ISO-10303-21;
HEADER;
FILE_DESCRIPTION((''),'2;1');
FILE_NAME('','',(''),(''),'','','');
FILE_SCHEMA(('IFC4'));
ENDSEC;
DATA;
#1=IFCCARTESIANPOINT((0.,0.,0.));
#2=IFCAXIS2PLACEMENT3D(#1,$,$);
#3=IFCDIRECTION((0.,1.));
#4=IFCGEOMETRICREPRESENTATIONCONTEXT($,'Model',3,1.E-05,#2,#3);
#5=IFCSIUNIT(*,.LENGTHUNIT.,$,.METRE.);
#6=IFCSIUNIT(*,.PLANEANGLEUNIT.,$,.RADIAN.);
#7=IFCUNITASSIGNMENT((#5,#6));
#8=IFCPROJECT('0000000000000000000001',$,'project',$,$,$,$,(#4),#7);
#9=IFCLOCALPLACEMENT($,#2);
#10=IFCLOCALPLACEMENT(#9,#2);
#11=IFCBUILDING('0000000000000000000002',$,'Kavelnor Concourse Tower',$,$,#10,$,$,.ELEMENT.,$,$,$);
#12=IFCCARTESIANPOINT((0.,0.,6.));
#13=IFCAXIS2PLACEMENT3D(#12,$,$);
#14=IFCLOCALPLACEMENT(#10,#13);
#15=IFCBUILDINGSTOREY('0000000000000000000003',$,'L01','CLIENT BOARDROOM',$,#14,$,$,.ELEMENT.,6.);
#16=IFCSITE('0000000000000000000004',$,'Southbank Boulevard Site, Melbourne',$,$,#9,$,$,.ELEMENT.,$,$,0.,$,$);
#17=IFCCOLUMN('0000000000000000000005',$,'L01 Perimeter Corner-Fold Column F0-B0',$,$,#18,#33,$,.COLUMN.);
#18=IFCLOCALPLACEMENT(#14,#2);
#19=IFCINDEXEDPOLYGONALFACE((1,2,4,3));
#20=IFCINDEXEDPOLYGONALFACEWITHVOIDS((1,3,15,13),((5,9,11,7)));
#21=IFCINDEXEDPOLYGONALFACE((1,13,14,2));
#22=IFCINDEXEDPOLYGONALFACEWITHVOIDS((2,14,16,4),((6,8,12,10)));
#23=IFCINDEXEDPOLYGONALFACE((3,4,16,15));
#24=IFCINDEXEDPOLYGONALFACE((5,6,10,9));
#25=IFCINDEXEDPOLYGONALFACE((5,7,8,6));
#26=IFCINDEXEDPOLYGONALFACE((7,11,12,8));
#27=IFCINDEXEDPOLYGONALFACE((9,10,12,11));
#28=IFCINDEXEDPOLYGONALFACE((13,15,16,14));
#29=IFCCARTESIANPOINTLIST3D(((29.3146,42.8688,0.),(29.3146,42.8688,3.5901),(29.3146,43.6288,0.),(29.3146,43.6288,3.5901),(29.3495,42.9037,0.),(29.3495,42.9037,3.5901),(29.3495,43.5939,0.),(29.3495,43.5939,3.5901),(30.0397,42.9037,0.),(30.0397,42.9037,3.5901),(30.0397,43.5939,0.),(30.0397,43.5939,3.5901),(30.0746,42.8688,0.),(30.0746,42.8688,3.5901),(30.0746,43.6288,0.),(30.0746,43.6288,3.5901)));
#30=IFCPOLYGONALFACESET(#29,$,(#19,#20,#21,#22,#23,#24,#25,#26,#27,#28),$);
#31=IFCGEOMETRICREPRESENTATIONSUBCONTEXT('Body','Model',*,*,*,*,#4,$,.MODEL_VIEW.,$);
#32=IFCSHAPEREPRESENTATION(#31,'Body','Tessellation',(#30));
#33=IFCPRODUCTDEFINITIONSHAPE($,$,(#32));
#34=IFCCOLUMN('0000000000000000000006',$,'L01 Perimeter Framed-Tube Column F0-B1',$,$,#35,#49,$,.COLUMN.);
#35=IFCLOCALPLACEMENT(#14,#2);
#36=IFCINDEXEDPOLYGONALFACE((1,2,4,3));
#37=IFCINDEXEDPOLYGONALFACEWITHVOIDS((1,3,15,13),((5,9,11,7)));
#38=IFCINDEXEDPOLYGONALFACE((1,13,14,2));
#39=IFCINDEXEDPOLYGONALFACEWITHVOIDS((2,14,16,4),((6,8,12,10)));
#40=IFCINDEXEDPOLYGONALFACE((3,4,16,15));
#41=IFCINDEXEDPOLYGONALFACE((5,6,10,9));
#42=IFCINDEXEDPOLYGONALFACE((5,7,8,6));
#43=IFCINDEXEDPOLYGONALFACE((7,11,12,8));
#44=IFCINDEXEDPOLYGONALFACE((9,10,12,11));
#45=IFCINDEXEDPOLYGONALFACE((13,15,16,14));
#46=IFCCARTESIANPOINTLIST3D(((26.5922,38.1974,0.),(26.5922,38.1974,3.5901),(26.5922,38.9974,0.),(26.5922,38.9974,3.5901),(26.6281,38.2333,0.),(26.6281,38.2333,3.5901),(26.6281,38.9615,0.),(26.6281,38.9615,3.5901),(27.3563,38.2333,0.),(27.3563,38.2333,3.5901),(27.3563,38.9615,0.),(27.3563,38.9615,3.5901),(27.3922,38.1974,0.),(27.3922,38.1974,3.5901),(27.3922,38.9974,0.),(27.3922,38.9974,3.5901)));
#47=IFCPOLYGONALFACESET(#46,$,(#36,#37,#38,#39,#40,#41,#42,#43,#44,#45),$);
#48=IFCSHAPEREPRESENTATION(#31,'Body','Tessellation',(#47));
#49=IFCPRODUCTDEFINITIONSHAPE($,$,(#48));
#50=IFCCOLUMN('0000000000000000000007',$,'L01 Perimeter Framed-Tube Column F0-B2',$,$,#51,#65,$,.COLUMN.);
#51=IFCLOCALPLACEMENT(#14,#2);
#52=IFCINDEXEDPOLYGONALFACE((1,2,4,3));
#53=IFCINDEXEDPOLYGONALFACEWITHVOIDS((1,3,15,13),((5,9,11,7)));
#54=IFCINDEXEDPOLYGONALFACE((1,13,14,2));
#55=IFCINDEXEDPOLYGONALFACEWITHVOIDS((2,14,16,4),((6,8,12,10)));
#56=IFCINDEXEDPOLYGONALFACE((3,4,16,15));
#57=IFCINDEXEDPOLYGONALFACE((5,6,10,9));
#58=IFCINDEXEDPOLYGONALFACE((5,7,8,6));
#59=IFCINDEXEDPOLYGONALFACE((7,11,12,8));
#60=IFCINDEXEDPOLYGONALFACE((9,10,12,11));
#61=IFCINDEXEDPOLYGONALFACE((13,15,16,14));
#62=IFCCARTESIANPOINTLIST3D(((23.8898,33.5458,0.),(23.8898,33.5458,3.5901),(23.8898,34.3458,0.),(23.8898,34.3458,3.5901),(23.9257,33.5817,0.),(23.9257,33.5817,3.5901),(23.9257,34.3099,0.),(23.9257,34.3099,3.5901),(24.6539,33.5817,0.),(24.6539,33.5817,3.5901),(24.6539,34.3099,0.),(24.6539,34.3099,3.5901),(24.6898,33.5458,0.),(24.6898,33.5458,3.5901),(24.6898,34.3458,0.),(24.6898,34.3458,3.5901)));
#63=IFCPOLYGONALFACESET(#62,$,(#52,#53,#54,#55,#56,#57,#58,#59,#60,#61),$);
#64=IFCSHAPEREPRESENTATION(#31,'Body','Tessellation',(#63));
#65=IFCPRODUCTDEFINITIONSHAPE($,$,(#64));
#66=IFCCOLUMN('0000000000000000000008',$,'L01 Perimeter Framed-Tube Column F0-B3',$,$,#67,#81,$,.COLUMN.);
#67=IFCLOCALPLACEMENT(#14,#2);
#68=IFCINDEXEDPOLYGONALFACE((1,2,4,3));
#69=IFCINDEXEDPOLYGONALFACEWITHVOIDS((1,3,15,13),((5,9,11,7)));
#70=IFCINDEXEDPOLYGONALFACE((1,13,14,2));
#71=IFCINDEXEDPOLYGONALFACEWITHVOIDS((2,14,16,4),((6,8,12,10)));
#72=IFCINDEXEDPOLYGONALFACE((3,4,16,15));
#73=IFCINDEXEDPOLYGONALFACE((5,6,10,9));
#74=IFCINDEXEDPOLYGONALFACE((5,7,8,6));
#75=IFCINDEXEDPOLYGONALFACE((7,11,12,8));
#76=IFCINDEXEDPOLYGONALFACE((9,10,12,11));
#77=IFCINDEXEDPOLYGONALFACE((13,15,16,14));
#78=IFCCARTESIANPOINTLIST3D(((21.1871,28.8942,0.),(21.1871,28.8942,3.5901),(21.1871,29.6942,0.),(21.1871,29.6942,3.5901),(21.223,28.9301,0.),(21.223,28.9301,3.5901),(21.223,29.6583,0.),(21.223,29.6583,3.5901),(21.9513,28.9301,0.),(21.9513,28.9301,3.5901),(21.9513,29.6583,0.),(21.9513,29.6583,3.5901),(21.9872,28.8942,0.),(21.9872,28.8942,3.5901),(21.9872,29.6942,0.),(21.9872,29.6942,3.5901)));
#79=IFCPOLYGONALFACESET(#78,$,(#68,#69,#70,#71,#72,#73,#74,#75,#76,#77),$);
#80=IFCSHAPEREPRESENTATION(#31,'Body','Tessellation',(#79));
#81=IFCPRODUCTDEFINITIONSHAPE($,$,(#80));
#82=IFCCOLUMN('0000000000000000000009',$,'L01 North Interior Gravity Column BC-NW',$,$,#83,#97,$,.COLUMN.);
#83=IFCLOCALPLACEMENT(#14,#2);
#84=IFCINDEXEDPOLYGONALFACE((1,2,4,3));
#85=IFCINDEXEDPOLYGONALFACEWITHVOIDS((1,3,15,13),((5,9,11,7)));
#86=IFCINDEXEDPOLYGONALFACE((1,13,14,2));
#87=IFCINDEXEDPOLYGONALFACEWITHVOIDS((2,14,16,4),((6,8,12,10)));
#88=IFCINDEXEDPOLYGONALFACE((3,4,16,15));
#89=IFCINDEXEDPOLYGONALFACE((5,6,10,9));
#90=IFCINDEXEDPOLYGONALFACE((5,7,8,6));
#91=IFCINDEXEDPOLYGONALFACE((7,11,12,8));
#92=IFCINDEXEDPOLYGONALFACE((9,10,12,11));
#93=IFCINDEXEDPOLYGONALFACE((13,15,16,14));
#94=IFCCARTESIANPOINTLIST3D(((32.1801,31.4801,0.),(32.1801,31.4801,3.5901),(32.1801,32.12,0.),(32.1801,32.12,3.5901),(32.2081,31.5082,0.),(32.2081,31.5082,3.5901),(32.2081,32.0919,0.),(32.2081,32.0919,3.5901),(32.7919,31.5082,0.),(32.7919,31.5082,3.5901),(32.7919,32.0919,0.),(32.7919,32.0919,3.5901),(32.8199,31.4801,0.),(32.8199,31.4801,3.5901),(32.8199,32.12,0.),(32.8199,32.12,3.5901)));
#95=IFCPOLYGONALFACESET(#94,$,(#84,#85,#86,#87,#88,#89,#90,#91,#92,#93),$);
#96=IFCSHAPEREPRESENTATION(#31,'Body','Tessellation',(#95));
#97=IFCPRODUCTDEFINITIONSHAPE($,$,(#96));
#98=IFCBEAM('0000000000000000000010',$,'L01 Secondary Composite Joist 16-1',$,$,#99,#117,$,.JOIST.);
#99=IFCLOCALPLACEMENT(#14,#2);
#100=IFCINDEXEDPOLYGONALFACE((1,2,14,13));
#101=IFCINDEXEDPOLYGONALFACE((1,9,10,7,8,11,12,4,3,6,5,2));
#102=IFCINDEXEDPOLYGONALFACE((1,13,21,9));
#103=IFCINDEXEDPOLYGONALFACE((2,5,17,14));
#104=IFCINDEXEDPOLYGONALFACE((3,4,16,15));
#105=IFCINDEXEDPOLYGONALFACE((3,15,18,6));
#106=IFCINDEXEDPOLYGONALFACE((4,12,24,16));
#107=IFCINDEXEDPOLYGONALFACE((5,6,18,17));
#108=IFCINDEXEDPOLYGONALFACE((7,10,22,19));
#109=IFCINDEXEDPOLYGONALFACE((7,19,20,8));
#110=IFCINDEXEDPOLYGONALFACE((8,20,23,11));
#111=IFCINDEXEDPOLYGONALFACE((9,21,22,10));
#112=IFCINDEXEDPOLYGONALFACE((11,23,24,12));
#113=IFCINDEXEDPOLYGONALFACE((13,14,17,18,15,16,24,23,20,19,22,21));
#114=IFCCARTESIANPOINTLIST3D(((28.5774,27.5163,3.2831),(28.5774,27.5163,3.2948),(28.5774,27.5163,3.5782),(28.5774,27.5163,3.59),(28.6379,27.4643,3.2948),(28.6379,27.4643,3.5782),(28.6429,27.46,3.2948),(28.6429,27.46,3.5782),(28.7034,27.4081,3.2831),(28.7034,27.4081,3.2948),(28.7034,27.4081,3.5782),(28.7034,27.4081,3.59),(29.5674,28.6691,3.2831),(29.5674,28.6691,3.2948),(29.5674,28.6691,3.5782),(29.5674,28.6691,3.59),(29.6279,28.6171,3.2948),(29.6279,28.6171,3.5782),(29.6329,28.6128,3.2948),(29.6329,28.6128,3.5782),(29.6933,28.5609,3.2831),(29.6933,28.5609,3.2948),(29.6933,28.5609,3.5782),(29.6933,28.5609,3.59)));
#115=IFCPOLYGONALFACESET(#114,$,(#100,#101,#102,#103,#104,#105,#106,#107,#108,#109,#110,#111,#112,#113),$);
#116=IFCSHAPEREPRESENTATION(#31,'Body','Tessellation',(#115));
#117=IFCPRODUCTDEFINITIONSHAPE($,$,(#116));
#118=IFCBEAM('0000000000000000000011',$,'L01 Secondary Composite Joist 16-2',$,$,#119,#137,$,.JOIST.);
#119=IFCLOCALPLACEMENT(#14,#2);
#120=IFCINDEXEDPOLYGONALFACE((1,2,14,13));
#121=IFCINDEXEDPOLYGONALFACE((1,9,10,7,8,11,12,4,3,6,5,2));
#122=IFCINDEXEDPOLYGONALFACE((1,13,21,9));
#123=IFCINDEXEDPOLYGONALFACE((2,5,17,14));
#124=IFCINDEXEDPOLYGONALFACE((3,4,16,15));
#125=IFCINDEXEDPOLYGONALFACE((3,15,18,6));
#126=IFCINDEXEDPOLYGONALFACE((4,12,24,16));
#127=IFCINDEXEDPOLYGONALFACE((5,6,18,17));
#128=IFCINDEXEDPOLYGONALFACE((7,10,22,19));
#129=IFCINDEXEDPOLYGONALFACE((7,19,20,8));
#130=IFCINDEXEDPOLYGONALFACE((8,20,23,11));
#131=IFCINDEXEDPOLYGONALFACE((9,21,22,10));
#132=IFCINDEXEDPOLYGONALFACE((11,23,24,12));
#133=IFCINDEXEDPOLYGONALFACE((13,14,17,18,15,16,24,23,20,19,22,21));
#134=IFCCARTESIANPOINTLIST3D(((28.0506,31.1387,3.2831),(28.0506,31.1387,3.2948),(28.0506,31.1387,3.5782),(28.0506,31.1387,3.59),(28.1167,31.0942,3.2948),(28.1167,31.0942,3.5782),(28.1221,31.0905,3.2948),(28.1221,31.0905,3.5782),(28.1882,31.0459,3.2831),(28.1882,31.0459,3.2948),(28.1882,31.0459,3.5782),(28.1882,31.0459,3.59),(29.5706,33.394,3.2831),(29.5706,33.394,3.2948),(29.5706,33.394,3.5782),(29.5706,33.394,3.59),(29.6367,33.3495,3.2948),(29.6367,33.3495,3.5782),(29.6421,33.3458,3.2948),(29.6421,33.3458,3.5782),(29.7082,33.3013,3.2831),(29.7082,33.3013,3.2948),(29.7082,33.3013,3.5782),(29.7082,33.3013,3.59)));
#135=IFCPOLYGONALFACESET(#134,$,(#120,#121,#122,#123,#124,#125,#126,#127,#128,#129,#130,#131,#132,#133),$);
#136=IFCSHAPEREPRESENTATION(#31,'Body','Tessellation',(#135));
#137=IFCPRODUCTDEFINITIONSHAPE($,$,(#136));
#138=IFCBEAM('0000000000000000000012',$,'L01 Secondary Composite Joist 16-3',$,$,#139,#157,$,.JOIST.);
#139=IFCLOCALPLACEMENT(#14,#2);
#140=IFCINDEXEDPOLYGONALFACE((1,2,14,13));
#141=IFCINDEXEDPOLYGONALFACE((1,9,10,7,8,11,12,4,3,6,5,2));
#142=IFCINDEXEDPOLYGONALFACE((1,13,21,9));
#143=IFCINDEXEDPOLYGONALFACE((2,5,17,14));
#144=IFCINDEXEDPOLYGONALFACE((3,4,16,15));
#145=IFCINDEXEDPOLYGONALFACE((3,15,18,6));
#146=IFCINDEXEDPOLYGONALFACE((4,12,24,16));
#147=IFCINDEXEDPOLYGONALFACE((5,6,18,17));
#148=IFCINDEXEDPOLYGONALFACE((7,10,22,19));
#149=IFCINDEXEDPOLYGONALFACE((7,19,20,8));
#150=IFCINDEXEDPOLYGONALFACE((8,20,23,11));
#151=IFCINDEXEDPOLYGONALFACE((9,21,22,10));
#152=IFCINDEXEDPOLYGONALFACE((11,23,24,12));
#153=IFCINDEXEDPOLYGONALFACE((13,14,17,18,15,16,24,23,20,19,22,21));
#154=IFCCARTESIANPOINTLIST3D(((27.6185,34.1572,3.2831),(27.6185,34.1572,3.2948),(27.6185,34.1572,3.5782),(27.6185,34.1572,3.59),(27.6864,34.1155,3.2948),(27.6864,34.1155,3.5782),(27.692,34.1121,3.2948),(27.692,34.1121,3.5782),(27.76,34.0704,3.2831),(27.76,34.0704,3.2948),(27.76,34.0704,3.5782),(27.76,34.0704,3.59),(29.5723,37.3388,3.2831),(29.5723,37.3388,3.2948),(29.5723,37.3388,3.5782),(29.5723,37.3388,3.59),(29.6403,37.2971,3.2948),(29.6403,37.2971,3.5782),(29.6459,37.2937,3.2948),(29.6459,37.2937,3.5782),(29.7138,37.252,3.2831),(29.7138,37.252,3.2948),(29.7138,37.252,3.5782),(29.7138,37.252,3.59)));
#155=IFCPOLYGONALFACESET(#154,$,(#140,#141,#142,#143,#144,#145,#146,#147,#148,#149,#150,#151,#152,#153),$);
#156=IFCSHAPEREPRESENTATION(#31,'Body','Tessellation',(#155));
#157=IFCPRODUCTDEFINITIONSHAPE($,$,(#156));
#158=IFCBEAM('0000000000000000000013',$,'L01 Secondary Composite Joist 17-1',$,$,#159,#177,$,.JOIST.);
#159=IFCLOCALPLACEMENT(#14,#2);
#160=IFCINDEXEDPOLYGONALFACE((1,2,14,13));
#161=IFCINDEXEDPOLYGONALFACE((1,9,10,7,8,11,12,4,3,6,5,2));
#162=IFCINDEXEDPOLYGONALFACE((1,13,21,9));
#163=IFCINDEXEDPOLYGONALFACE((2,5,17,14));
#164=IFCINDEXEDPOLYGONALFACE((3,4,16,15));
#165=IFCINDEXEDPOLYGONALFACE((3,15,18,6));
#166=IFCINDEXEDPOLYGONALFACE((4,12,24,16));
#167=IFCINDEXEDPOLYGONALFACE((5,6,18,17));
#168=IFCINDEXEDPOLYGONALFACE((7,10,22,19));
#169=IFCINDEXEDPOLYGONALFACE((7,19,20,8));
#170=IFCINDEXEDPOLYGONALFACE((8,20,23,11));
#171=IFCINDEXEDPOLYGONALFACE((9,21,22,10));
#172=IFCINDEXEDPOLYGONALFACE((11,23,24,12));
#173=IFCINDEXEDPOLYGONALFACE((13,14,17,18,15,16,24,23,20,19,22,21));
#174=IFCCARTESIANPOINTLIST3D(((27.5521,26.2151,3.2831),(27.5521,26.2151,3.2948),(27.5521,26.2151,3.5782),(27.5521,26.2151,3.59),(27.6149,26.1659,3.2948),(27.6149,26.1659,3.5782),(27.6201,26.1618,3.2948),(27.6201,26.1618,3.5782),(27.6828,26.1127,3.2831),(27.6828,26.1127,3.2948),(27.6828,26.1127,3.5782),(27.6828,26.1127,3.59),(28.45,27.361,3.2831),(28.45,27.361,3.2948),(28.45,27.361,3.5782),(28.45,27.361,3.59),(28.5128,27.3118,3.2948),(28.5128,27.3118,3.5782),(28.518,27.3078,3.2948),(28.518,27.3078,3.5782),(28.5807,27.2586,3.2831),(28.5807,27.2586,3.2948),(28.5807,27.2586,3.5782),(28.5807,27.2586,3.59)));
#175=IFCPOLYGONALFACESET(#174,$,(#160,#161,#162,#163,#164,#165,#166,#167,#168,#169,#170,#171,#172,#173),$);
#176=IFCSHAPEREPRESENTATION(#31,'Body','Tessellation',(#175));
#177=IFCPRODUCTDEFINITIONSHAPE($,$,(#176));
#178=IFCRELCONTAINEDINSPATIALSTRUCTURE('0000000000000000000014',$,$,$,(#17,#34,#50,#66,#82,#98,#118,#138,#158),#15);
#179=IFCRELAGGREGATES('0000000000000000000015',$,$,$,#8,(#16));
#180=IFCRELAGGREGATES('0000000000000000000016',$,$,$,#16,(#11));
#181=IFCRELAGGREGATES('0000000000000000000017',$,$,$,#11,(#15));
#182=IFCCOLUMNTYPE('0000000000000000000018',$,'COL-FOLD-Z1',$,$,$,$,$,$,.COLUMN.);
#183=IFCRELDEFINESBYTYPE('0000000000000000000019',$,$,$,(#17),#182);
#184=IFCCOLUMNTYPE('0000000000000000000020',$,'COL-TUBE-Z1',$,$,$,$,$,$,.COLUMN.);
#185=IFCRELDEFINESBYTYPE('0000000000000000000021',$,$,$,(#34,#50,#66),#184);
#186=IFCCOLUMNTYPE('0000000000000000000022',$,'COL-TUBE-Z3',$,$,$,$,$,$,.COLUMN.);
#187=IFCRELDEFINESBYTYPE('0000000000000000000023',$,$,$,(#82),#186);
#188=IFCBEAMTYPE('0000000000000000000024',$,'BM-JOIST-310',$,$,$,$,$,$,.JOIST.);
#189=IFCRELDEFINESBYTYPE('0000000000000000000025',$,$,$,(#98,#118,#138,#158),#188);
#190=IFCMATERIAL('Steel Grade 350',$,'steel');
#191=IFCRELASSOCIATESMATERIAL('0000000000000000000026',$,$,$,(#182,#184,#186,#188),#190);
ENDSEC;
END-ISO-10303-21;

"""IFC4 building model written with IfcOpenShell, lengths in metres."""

from ifc_helpers import new_model, si_unit, direction, frame, origin, origin_2d, place, context, subcontext, project, spatial, hollow_rectangle, i_section, extrude, material, material_profile, profile_set, type_object, element, save


model = new_model("IFC4")

# Units and contexts
model_context = context("Model", 3, precision=1e-05, world=origin(), true_north=direction((0.0, 1.0)))
body_context = subcontext(model_context, "Body", "Model", "MODEL_VIEW")
ifc_project = project(units=[si_unit("LENGTHUNIT", "METRE"), si_unit("PLANEANGLEUNIT", "RADIAN")], contexts=[model_context])

# Site, building, storey
site_placement = place(None, origin())
site = spatial("IfcSite", under=ifc_project, at=site_placement, Name="Southbank Boulevard Site, Melbourne", CompositionType="ELEMENT", RefElevation=0.0)
building_placement = place(site_placement, origin())
building = spatial("IfcBuilding", under=site, at=building_placement, Name="Kavelnor Concourse Tower", CompositionType="ELEMENT")
storey_placement = place(building_placement, frame((0.0, 0.0, 6.0)))
storey = spatial("IfcBuildingStorey", under=building, at=storey_placement, Name="L01", Description="CLIENT BOARDROOM", CompositionType="ELEMENT", Elevation=6.0)

# Columns
ifc_material_1 = material(Name="Steel Grade 350", Category="steel")
ifc_material_profile_1 = material_profile(ifc_material_1, hollow_rectangle(XDim=0.76, YDim=0.76, WallThickness=0.0349, at=origin_2d()), Name="SHS 760x760x35")
ifc_profile_set_1 = profile_set([ifc_material_profile_1], Name="Steel Grade 350")
column_type_1 = type_object("IfcColumnType", Name="COL-FOLD-Z1", PredefinedType="COLUMN", material=ifc_profile_set_1)
column_1_placement = place(storey_placement, frame((29.6946, 43.2488, 0.0), z_axis=(0.0, 0.0, 1.0), x_axis=(1.0, 0.0, 0.0)))
element("IfcColumn", 1, at=column_1_placement, inside=storey, type_object=column_type_1, Name="L01 Perimeter Corner-Fold Column F0-B0", PredefinedType="COLUMN", context=body_context, shape_type="SweptSolid", body=[
    extrude(hollow_rectangle(XDim=0.76, YDim=0.76, WallThickness=0.0349, at=origin_2d()), origin(), (0.0, 0.0, 1.0), 3.5901),
])
ifc_material_profile_2 = material_profile(ifc_material_1, hollow_rectangle(XDim=0.8, YDim=0.8, WallThickness=0.0359, at=origin_2d()), Name="SHS 800x800x36")
ifc_profile_set_2 = profile_set([ifc_material_profile_2], Name="Steel Grade 350")
column_type_2 = type_object("IfcColumnType", Name="COL-TUBE-Z1", PredefinedType="COLUMN", material=ifc_profile_set_2)
for number, where, z_axis, x_axis, name in (
    (2, (26.9922, 38.5974, 0.0), (0.0, 0.0, 1.0), (1.0, 0.0, 0.0), "L01 Perimeter Framed-Tube Column F0-B1"),
    (3, (24.2898, 33.9458, 0.0), (0.0, 0.0, 1.0), (1.0, 0.0, 0.0), "L01 Perimeter Framed-Tube Column F0-B2"),
    (4, (21.5872, 29.2942, 0.0), (0.0, 0.0, 1.0), (1.0, 0.0, 0.0), "L01 Perimeter Framed-Tube Column F0-B3"),
):
    element("IfcColumn", number, at=place(storey_placement, frame(where, z_axis=z_axis, x_axis=x_axis)), inside=storey, type_object=column_type_2, Name=name, PredefinedType="COLUMN", context=body_context, shape_type="SweptSolid", body=[
        extrude(hollow_rectangle(XDim=0.8, YDim=0.8, WallThickness=0.0359, at=origin_2d()), origin(), (0.0, 0.0, 1.0), 3.5901),
    ])
ifc_material_profile_3 = material_profile(ifc_material_1, hollow_rectangle(XDim=0.6399, YDim=0.6399, WallThickness=0.0281, at=origin_2d()), Name="SHS 640x640x28")
ifc_profile_set_3 = profile_set([ifc_material_profile_3], Name="Steel Grade 350")
column_type_3 = type_object("IfcColumnType", Name="COL-TUBE-Z3", PredefinedType="COLUMN", material=ifc_profile_set_3)
column_2_placement = place(storey_placement, frame((32.5, 31.8, 0.0), z_axis=(0.0, 0.0, 1.0), x_axis=(1.0, 0.0, 0.0)))
element("IfcColumn", 5, at=column_2_placement, inside=storey, type_object=column_type_3, Name="L01 North Interior Gravity Column BC-NW", PredefinedType="COLUMN", context=body_context, shape_type="SweptSolid", body=[
    extrude(hollow_rectangle(XDim=0.6399, YDim=0.6399, WallThickness=0.0281, at=origin_2d()), origin(), (0.0, 0.0, 1.0), 3.5901),
])

# Beams
ifc_material_profile_4 = material_profile(ifc_material_1, i_section(OverallWidth=0.166, OverallDepth=0.3069, WebThickness=0.0066, FlangeThickness=0.0117, at=origin_2d()), Name="310UB46")
ifc_profile_set_4 = profile_set([ifc_material_profile_4], Name="Steel Grade 350")
beam_type_1 = type_object("IfcBeamType", Name="BM-JOIST-310", PredefinedType="JOIST", material=ifc_profile_set_4)
beam_1_placement = place(storey_placement, frame((29.6304, 28.615, 3.4365), z_axis=(-0.651492, -0.758655, 0.0), x_axis=(0.758655, -0.651492, 0.0)))
element("IfcBeam", 6, at=beam_1_placement, inside=storey, type_object=beam_type_1, Name="L01 Secondary Composite Joist 16-1", PredefinedType="JOIST", context=body_context, shape_type="SweptSolid", body=[
    extrude(i_section(OverallWidth=0.166, OverallDepth=0.3069, WebThickness=0.0066, FlangeThickness=0.0117, at=origin_2d()), origin(), (0.0, 0.0, 1.0), 1.5195),
])
beam_2_placement = place(storey_placement, frame((29.6394, 33.3477, 3.4365), z_axis=(-0.558878, -0.82925, 0.0), x_axis=(0.82925, -0.558878, 0.0)))
element("IfcBeam", 7, at=beam_2_placement, inside=storey, type_object=beam_type_1, Name="L01 Secondary Composite Joist 16-2", PredefinedType="JOIST", context=body_context, shape_type="SweptSolid", body=[
    extrude(i_section(OverallWidth=0.166, OverallDepth=0.3069, WebThickness=0.0066, FlangeThickness=0.0117, at=origin_2d()), origin(), (0.0, 0.0, 1.0), 2.7197),
])
beam_3_placement = place(storey_placement, frame((29.6431, 37.2954, 3.4365), z_axis=(-0.523306, -0.852145, 0.0), x_axis=(0.852145, -0.523306, 0.0)))
element("IfcBeam", 8, at=beam_3_placement, inside=storey, type_object=beam_type_1, Name="L01 Secondary Composite Joist 16-3", PredefinedType="JOIST", context=body_context, shape_type="SweptSolid", body=[
    extrude(i_section(OverallWidth=0.166, OverallDepth=0.3069, WebThickness=0.0066, FlangeThickness=0.0117, at=origin_2d()), origin(), (0.0, 0.0, 1.0), 3.7336),
])
beam_4_placement = place(storey_placement, frame((28.5154, 27.3098, 3.4365), z_axis=(-0.616769, -0.787144, 0.0), x_axis=(0.787144, -0.616769, 0.0)))
element("IfcBeam", 9, at=beam_4_placement, inside=storey, type_object=beam_type_1, Name="L01 Secondary Composite Joist 17-1", PredefinedType="JOIST", context=body_context, shape_type="SweptSolid", body=[
    extrude(i_section(OverallWidth=0.166, OverallDepth=0.3069, WebThickness=0.0066, FlangeThickness=0.0117, at=origin_2d()), origin(), (0.0, 0.0, 1.0), 1.4558),
])

save(model, "model.ifc")
